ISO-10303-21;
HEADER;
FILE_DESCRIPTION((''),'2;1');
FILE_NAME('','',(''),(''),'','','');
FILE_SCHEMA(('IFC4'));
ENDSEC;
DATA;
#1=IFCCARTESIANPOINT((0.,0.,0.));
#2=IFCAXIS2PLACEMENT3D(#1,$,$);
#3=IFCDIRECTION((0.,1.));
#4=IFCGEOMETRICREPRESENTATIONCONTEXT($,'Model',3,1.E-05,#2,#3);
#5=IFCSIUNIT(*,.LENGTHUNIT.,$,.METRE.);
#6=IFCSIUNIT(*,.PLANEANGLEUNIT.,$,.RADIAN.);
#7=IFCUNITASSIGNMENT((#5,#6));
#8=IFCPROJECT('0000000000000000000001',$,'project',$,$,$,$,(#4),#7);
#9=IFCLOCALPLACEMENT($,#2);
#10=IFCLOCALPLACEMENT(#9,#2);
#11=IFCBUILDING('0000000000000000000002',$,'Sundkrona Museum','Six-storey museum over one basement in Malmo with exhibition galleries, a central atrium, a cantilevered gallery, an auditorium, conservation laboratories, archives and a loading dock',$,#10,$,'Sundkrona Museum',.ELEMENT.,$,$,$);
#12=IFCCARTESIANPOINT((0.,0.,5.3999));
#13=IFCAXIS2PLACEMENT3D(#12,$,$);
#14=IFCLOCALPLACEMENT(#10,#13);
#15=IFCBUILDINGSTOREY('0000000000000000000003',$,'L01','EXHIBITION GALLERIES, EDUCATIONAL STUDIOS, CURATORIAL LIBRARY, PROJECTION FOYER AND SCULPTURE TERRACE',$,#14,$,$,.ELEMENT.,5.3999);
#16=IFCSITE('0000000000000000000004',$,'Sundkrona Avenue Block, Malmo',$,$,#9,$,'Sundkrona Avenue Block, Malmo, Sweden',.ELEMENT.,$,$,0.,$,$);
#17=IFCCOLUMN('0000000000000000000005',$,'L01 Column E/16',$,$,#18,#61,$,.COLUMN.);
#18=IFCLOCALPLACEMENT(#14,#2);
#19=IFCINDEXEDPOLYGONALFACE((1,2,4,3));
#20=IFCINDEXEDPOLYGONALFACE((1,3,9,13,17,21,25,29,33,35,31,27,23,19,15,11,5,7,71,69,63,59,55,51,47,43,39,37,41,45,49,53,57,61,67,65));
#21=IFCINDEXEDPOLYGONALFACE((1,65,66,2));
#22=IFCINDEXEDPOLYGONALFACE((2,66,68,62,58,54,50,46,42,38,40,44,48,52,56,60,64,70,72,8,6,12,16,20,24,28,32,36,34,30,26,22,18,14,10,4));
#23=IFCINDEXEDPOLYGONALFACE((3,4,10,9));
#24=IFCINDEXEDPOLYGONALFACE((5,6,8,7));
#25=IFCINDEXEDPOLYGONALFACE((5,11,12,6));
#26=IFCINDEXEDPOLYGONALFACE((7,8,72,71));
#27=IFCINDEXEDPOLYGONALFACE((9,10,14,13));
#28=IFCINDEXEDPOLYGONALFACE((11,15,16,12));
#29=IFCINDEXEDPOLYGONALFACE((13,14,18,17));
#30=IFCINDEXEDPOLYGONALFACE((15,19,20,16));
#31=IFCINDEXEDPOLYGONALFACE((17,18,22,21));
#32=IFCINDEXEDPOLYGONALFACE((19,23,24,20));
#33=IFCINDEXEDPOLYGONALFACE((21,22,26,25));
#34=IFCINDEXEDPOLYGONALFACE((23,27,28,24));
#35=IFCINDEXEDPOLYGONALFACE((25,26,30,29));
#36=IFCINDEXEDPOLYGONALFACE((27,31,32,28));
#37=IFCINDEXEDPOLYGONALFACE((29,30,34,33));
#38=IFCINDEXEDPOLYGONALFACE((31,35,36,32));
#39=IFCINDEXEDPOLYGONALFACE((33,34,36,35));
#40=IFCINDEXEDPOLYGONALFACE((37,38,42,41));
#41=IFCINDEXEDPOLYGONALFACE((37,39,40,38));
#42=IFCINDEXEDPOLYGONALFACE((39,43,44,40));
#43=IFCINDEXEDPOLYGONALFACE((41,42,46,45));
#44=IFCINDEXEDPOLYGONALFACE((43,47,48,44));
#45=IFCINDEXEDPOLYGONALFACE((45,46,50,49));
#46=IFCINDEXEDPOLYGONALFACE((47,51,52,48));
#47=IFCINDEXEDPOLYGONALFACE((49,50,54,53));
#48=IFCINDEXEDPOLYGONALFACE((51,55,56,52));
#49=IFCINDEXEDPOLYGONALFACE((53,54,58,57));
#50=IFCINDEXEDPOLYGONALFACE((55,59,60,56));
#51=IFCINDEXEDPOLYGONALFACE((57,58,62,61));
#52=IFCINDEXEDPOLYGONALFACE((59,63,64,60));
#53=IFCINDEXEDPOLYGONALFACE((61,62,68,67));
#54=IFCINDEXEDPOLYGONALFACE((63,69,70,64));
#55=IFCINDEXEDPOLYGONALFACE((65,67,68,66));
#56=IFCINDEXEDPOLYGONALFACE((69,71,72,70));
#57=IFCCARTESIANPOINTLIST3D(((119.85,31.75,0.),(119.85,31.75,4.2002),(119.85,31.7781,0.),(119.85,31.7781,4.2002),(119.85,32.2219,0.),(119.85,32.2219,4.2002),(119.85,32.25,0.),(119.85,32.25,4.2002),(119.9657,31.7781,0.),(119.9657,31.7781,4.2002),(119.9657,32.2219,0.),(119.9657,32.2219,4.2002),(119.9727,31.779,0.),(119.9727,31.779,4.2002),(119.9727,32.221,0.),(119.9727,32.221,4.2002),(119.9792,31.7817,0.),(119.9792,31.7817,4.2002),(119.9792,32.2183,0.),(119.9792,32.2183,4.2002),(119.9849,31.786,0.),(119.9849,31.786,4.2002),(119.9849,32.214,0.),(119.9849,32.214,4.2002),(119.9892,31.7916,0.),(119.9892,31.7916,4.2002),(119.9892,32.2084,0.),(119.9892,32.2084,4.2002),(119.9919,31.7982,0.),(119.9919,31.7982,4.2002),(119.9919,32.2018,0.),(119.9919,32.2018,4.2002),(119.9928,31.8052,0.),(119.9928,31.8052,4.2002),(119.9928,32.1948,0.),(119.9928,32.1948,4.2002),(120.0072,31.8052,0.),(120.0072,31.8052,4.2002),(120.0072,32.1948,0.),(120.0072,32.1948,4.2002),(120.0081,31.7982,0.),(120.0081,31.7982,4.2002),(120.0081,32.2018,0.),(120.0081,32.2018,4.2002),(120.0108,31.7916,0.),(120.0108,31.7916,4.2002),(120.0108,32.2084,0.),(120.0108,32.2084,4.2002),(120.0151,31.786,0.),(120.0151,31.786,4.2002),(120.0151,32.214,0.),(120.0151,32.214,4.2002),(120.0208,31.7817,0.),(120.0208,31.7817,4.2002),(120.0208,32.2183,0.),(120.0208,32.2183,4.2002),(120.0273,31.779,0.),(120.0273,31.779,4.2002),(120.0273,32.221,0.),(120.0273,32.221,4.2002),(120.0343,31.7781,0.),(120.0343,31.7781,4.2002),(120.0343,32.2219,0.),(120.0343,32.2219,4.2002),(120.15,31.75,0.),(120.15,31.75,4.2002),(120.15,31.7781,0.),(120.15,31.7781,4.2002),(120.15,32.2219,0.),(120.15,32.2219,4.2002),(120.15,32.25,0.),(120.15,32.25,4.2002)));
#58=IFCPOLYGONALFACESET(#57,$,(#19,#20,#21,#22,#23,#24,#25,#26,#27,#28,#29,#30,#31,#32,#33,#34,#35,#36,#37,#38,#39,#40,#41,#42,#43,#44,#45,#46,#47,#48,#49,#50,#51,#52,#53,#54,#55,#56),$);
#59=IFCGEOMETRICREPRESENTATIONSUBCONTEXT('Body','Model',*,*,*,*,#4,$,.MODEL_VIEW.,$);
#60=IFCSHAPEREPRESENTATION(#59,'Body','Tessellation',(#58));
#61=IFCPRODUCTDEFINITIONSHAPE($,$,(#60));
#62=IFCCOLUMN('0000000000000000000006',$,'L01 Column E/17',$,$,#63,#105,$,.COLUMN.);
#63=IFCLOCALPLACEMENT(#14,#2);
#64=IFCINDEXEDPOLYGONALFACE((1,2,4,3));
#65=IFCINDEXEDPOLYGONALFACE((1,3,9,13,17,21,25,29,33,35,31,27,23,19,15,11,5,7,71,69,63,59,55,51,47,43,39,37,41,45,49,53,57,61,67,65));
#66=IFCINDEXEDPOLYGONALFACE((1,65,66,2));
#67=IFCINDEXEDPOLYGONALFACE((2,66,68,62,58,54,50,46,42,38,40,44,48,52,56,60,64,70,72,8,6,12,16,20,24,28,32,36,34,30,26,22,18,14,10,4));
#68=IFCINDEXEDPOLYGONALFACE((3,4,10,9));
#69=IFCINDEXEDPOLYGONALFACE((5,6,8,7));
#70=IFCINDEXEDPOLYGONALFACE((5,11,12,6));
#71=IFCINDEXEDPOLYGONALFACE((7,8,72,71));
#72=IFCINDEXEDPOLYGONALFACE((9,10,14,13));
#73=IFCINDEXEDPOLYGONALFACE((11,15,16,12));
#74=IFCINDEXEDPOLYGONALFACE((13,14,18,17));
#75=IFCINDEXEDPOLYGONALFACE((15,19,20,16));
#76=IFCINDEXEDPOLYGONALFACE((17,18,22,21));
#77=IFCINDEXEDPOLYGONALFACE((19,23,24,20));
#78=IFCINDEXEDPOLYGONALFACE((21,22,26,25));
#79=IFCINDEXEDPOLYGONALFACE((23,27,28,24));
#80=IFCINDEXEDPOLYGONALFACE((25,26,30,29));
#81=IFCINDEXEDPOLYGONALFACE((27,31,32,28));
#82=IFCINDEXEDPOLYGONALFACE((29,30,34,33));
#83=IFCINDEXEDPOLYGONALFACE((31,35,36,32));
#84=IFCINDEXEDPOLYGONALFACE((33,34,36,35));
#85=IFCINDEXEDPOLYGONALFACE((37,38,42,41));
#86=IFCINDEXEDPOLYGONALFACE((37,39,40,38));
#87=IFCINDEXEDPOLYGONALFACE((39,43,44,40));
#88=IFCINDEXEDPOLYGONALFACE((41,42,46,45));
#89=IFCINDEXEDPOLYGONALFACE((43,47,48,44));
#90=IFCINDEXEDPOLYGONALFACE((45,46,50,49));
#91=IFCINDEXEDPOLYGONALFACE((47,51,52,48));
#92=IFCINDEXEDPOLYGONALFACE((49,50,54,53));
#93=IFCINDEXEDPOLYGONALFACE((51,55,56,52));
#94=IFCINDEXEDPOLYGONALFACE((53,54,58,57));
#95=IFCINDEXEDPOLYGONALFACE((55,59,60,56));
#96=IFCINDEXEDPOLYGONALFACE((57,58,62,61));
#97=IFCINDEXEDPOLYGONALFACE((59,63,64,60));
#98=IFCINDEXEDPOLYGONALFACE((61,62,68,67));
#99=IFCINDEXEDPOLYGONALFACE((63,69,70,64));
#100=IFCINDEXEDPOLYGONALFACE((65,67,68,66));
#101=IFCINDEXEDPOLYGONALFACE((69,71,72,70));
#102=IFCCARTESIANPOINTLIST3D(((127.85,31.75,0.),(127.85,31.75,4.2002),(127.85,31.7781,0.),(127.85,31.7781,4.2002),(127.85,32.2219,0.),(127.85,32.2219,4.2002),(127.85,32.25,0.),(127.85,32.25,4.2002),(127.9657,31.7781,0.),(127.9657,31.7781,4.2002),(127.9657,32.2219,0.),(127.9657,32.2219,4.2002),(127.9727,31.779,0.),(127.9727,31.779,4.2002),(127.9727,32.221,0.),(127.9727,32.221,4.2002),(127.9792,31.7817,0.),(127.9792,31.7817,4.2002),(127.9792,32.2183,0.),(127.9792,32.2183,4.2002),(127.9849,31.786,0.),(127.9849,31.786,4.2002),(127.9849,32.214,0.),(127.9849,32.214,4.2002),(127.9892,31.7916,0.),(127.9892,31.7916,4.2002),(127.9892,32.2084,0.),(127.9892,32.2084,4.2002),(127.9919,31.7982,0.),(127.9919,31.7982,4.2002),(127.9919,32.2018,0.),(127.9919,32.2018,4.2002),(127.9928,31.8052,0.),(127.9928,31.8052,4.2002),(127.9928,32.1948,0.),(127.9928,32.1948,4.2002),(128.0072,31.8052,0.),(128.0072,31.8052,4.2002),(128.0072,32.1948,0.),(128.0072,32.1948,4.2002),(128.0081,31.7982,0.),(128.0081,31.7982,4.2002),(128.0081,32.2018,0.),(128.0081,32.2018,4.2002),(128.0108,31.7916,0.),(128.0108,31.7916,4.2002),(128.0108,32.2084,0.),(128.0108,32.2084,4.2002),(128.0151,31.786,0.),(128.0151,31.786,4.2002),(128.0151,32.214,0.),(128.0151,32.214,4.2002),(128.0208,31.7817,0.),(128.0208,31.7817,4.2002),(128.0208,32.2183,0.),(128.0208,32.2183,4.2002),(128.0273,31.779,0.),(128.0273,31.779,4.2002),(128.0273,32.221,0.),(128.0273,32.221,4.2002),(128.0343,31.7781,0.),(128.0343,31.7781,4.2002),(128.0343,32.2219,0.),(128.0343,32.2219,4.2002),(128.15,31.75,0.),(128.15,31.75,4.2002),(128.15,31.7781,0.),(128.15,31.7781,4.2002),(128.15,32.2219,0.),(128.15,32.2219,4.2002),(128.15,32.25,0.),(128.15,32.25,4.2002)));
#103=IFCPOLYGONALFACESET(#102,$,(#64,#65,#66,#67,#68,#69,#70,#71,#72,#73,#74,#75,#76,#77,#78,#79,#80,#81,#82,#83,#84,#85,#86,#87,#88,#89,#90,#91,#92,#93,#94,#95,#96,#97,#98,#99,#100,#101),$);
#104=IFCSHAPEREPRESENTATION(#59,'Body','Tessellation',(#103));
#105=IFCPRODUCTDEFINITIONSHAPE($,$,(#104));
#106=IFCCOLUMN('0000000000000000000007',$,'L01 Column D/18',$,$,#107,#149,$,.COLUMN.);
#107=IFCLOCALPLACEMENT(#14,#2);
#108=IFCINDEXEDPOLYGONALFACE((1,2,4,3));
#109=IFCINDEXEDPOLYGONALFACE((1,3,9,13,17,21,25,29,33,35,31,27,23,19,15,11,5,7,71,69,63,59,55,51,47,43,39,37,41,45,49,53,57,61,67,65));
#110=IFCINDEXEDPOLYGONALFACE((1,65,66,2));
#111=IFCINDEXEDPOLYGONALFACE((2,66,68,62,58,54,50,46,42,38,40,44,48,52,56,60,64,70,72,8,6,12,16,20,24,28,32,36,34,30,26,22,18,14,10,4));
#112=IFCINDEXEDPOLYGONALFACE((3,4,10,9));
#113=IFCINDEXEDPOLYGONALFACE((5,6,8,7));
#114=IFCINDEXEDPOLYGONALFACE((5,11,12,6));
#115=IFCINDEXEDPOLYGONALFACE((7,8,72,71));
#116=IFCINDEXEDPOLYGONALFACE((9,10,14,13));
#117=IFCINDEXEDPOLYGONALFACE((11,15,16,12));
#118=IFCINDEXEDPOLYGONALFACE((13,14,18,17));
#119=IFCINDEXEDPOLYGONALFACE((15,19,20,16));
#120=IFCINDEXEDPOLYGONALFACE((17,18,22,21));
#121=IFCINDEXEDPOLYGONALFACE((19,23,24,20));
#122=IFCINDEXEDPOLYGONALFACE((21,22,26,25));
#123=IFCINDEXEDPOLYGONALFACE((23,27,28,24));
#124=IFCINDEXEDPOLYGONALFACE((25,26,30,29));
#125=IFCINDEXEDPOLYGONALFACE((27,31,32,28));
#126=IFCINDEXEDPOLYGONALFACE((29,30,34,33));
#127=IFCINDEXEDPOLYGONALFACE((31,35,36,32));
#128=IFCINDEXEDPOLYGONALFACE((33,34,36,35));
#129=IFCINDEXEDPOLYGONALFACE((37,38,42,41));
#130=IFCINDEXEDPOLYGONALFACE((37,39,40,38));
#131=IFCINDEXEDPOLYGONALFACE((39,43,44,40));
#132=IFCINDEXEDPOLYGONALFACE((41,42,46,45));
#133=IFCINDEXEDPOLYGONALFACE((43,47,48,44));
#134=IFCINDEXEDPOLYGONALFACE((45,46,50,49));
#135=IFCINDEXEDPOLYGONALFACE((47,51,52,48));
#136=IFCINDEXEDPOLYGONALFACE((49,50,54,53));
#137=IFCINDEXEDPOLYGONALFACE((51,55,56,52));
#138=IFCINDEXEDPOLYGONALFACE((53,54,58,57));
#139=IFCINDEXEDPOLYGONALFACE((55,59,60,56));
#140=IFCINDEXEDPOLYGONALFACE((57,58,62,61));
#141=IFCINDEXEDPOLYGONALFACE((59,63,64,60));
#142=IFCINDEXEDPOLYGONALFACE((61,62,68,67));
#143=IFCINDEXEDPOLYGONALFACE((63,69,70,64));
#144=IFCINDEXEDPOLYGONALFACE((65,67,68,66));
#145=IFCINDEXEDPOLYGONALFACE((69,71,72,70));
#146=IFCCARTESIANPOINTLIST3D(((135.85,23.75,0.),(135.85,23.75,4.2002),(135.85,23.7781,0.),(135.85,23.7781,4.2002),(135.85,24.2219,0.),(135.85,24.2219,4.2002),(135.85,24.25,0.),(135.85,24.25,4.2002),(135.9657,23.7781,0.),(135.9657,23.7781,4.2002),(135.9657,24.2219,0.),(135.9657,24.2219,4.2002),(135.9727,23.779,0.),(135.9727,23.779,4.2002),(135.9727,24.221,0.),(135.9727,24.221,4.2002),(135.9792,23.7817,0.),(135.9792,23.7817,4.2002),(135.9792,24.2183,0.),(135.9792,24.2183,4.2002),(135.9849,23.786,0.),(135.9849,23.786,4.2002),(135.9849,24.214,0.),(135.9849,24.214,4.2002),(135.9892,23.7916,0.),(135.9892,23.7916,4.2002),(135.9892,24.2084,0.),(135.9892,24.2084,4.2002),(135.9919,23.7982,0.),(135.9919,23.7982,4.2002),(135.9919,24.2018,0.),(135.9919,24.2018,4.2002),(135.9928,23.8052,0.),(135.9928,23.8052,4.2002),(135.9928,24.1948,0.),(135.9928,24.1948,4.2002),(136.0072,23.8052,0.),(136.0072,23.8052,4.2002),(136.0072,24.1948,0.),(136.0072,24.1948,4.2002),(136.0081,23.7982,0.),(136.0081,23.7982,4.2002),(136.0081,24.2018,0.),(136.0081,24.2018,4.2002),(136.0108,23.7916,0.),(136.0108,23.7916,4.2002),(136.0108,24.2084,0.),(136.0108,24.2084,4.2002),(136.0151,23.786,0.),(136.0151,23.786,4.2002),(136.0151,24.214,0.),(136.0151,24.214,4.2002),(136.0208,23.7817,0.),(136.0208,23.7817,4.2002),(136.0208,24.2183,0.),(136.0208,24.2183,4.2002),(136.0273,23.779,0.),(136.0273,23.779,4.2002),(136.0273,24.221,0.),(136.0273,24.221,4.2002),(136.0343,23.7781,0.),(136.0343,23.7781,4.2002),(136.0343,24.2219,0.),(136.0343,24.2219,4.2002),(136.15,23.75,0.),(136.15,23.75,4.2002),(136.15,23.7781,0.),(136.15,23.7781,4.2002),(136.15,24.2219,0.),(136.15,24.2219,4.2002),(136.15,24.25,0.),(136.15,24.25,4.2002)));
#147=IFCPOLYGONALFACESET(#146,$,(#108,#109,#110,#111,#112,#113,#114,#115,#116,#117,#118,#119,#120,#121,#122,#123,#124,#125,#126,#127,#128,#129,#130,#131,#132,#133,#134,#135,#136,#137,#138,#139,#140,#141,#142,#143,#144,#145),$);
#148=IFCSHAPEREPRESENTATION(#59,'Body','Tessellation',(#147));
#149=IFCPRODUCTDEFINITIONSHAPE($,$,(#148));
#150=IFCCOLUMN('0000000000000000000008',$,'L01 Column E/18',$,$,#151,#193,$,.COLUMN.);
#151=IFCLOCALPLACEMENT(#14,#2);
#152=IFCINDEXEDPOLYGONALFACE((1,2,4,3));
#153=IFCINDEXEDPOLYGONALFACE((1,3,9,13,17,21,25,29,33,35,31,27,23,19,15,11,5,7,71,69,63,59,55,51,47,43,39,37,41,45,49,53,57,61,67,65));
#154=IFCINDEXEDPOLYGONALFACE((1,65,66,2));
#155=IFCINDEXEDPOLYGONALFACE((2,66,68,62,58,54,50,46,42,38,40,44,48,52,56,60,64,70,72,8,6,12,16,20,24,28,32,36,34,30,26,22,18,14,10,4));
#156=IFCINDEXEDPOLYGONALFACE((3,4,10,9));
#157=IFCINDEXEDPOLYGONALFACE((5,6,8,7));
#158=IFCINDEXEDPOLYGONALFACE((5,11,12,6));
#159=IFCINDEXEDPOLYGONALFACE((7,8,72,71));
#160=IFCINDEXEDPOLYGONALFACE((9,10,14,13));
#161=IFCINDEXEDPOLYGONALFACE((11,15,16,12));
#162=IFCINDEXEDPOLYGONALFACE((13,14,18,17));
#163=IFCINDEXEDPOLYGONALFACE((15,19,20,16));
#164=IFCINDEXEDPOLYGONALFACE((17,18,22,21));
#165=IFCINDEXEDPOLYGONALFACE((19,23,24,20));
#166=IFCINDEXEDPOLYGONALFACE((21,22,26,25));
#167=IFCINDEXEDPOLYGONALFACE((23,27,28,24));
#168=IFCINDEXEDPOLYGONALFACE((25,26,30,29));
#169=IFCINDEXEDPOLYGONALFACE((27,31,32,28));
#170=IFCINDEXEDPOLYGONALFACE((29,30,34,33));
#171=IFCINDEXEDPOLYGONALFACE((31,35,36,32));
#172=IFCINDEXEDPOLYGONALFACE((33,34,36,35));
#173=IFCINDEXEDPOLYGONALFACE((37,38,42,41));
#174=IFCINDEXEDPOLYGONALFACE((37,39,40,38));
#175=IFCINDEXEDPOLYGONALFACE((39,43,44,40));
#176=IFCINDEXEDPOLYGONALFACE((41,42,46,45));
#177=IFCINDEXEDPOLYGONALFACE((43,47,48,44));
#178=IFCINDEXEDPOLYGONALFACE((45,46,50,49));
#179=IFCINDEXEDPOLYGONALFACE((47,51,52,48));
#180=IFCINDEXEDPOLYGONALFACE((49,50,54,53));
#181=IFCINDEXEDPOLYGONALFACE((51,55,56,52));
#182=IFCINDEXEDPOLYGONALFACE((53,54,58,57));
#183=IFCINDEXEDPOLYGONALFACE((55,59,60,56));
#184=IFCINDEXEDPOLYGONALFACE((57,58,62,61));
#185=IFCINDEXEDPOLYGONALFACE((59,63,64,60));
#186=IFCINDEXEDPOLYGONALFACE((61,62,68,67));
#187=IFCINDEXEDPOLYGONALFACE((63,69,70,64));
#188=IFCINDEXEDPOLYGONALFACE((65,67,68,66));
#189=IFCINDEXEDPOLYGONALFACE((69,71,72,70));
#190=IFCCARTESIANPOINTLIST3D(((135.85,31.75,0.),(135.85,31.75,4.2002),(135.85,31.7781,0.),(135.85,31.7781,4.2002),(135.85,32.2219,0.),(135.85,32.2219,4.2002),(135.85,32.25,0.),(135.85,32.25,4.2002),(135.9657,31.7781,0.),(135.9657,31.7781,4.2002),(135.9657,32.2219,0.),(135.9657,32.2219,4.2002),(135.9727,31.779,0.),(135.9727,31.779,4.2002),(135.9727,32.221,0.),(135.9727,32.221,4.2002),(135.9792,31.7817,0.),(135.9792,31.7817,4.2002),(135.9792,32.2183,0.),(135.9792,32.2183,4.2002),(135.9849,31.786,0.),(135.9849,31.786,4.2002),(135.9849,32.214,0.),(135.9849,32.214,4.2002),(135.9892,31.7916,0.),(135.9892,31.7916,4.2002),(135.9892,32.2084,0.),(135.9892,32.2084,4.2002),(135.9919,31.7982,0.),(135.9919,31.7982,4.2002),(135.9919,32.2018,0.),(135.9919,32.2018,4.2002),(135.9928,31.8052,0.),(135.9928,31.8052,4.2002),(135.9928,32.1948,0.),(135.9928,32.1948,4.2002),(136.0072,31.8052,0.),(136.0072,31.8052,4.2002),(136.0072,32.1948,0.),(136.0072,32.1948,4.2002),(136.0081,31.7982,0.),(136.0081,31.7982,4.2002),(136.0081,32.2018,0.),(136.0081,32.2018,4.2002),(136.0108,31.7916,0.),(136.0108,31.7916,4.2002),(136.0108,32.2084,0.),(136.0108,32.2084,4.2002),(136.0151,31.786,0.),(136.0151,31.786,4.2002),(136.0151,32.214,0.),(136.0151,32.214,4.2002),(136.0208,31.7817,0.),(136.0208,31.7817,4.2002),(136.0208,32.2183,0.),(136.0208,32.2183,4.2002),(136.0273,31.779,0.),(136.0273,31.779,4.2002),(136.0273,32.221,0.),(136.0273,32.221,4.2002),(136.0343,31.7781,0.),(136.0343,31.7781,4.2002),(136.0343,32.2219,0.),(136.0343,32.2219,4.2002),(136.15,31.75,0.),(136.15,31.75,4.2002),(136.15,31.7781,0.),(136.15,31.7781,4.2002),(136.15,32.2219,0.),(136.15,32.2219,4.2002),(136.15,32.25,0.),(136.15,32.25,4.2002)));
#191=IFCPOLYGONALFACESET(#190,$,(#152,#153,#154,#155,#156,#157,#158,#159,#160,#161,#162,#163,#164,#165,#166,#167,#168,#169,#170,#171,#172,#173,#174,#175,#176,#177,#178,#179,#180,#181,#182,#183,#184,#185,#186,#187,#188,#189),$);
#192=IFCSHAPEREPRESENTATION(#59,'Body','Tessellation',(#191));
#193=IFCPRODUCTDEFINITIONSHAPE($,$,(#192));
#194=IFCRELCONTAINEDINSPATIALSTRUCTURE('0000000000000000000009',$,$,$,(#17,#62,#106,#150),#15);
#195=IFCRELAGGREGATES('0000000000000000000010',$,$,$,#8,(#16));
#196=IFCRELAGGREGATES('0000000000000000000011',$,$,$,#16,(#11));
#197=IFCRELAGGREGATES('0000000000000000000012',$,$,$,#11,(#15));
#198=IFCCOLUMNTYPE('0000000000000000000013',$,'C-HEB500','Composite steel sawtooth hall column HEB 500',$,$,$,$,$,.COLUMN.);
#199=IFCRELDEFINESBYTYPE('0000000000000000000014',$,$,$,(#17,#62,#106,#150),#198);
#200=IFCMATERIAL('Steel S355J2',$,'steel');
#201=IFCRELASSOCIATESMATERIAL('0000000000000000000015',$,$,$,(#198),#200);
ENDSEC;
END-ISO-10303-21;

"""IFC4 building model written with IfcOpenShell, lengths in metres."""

from ifc_helpers import new_model, si_unit, direction, frame, origin, origin_2d, place, context, subcontext, project, spatial, i_section, extrude, material, material_profile, profile_set, type_object, element, save


model = new_model("IFC4")

# Units and contexts
model_context = context("Model", 3, precision=1e-05, world=origin(), true_north=direction((0.0, 1.0)))
body_context = subcontext(model_context, "Body", "Model", "MODEL_VIEW")
ifc_project = project(units=[si_unit("LENGTHUNIT", "METRE"), si_unit("PLANEANGLEUNIT", "RADIAN")], contexts=[model_context])

# Site, building, storey
site_placement = place(None, origin())
site = spatial("IfcSite", under=ifc_project, at=site_placement, Name="Sundkrona Avenue Block, Malmo", LongName="Sundkrona Avenue Block, Malmo, Sweden", CompositionType="ELEMENT", RefElevation=0.0)
building_placement = place(site_placement, origin())
building = spatial("IfcBuilding", under=site, at=building_placement, Name="Sundkrona Museum", Description="Six-storey museum over one basement in Malmo with exhibition galleries, a central atrium, a cantilevered gallery, an auditorium, conservation laboratories, archives and a loading dock", LongName="Sundkrona Museum", CompositionType="ELEMENT")
storey_placement = place(building_placement, frame((0.0, 0.0, 5.3999)))
storey = spatial("IfcBuildingStorey", under=building, at=storey_placement, Name="L01", Description="EXHIBITION GALLERIES, EDUCATIONAL STUDIOS, CURATORIAL LIBRARY, PROJECTION FOYER AND SCULPTURE TERRACE", CompositionType="ELEMENT", Elevation=5.3999)

# Columns
ifc_material_1 = material(Name="Steel S355J2", Category="steel")
ifc_material_profile_1 = material_profile(ifc_material_1, i_section(OverallWidth=0.3, OverallDepth=0.5, WebThickness=0.0144, FlangeThickness=0.0281, FilletRadius=0.0271, at=origin_2d()), Name="HEB 500")
ifc_profile_set_1 = profile_set([ifc_material_profile_1], Name="Steel S355J2")
column_type = type_object("IfcColumnType", Name="C-HEB500", Description="Composite steel sawtooth hall column HEB 500", PredefinedType="COLUMN", material=ifc_profile_set_1)
for number, where, z_axis, x_axis, name in (
    (1, (120.0, 32.0, 0.0), (0.0, 0.0, 1.0), (1.0, 0.0, 0.0), "L01 Column E/16"),
    (2, (128.0, 32.0, 0.0), (0.0, 0.0, 1.0), (1.0, 0.0, 0.0), "L01 Column E/17"),
    (3, (136.0, 24.0, 0.0), (0.0, 0.0, 1.0), (1.0, 0.0, 0.0), "L01 Column D/18"),
    (4, (136.0, 32.0, 0.0), (0.0, 0.0, 1.0), (1.0, 0.0, 0.0), "L01 Column E/18"),
):
    element("IfcColumn", number, at=place(storey_placement, frame(where, z_axis=z_axis, x_axis=x_axis)), inside=storey, type_object=column_type, Name=name, PredefinedType="COLUMN", context=body_context, shape_type="SweptSolid", body=[
        extrude(i_section(OverallWidth=0.3, OverallDepth=0.5, WebThickness=0.0144, FlangeThickness=0.0281, FilletRadius=0.0271, at=origin_2d()), origin(), (0.0, 0.0, 1.0), 4.2002),
    ])

save(model, "model.ifc")
